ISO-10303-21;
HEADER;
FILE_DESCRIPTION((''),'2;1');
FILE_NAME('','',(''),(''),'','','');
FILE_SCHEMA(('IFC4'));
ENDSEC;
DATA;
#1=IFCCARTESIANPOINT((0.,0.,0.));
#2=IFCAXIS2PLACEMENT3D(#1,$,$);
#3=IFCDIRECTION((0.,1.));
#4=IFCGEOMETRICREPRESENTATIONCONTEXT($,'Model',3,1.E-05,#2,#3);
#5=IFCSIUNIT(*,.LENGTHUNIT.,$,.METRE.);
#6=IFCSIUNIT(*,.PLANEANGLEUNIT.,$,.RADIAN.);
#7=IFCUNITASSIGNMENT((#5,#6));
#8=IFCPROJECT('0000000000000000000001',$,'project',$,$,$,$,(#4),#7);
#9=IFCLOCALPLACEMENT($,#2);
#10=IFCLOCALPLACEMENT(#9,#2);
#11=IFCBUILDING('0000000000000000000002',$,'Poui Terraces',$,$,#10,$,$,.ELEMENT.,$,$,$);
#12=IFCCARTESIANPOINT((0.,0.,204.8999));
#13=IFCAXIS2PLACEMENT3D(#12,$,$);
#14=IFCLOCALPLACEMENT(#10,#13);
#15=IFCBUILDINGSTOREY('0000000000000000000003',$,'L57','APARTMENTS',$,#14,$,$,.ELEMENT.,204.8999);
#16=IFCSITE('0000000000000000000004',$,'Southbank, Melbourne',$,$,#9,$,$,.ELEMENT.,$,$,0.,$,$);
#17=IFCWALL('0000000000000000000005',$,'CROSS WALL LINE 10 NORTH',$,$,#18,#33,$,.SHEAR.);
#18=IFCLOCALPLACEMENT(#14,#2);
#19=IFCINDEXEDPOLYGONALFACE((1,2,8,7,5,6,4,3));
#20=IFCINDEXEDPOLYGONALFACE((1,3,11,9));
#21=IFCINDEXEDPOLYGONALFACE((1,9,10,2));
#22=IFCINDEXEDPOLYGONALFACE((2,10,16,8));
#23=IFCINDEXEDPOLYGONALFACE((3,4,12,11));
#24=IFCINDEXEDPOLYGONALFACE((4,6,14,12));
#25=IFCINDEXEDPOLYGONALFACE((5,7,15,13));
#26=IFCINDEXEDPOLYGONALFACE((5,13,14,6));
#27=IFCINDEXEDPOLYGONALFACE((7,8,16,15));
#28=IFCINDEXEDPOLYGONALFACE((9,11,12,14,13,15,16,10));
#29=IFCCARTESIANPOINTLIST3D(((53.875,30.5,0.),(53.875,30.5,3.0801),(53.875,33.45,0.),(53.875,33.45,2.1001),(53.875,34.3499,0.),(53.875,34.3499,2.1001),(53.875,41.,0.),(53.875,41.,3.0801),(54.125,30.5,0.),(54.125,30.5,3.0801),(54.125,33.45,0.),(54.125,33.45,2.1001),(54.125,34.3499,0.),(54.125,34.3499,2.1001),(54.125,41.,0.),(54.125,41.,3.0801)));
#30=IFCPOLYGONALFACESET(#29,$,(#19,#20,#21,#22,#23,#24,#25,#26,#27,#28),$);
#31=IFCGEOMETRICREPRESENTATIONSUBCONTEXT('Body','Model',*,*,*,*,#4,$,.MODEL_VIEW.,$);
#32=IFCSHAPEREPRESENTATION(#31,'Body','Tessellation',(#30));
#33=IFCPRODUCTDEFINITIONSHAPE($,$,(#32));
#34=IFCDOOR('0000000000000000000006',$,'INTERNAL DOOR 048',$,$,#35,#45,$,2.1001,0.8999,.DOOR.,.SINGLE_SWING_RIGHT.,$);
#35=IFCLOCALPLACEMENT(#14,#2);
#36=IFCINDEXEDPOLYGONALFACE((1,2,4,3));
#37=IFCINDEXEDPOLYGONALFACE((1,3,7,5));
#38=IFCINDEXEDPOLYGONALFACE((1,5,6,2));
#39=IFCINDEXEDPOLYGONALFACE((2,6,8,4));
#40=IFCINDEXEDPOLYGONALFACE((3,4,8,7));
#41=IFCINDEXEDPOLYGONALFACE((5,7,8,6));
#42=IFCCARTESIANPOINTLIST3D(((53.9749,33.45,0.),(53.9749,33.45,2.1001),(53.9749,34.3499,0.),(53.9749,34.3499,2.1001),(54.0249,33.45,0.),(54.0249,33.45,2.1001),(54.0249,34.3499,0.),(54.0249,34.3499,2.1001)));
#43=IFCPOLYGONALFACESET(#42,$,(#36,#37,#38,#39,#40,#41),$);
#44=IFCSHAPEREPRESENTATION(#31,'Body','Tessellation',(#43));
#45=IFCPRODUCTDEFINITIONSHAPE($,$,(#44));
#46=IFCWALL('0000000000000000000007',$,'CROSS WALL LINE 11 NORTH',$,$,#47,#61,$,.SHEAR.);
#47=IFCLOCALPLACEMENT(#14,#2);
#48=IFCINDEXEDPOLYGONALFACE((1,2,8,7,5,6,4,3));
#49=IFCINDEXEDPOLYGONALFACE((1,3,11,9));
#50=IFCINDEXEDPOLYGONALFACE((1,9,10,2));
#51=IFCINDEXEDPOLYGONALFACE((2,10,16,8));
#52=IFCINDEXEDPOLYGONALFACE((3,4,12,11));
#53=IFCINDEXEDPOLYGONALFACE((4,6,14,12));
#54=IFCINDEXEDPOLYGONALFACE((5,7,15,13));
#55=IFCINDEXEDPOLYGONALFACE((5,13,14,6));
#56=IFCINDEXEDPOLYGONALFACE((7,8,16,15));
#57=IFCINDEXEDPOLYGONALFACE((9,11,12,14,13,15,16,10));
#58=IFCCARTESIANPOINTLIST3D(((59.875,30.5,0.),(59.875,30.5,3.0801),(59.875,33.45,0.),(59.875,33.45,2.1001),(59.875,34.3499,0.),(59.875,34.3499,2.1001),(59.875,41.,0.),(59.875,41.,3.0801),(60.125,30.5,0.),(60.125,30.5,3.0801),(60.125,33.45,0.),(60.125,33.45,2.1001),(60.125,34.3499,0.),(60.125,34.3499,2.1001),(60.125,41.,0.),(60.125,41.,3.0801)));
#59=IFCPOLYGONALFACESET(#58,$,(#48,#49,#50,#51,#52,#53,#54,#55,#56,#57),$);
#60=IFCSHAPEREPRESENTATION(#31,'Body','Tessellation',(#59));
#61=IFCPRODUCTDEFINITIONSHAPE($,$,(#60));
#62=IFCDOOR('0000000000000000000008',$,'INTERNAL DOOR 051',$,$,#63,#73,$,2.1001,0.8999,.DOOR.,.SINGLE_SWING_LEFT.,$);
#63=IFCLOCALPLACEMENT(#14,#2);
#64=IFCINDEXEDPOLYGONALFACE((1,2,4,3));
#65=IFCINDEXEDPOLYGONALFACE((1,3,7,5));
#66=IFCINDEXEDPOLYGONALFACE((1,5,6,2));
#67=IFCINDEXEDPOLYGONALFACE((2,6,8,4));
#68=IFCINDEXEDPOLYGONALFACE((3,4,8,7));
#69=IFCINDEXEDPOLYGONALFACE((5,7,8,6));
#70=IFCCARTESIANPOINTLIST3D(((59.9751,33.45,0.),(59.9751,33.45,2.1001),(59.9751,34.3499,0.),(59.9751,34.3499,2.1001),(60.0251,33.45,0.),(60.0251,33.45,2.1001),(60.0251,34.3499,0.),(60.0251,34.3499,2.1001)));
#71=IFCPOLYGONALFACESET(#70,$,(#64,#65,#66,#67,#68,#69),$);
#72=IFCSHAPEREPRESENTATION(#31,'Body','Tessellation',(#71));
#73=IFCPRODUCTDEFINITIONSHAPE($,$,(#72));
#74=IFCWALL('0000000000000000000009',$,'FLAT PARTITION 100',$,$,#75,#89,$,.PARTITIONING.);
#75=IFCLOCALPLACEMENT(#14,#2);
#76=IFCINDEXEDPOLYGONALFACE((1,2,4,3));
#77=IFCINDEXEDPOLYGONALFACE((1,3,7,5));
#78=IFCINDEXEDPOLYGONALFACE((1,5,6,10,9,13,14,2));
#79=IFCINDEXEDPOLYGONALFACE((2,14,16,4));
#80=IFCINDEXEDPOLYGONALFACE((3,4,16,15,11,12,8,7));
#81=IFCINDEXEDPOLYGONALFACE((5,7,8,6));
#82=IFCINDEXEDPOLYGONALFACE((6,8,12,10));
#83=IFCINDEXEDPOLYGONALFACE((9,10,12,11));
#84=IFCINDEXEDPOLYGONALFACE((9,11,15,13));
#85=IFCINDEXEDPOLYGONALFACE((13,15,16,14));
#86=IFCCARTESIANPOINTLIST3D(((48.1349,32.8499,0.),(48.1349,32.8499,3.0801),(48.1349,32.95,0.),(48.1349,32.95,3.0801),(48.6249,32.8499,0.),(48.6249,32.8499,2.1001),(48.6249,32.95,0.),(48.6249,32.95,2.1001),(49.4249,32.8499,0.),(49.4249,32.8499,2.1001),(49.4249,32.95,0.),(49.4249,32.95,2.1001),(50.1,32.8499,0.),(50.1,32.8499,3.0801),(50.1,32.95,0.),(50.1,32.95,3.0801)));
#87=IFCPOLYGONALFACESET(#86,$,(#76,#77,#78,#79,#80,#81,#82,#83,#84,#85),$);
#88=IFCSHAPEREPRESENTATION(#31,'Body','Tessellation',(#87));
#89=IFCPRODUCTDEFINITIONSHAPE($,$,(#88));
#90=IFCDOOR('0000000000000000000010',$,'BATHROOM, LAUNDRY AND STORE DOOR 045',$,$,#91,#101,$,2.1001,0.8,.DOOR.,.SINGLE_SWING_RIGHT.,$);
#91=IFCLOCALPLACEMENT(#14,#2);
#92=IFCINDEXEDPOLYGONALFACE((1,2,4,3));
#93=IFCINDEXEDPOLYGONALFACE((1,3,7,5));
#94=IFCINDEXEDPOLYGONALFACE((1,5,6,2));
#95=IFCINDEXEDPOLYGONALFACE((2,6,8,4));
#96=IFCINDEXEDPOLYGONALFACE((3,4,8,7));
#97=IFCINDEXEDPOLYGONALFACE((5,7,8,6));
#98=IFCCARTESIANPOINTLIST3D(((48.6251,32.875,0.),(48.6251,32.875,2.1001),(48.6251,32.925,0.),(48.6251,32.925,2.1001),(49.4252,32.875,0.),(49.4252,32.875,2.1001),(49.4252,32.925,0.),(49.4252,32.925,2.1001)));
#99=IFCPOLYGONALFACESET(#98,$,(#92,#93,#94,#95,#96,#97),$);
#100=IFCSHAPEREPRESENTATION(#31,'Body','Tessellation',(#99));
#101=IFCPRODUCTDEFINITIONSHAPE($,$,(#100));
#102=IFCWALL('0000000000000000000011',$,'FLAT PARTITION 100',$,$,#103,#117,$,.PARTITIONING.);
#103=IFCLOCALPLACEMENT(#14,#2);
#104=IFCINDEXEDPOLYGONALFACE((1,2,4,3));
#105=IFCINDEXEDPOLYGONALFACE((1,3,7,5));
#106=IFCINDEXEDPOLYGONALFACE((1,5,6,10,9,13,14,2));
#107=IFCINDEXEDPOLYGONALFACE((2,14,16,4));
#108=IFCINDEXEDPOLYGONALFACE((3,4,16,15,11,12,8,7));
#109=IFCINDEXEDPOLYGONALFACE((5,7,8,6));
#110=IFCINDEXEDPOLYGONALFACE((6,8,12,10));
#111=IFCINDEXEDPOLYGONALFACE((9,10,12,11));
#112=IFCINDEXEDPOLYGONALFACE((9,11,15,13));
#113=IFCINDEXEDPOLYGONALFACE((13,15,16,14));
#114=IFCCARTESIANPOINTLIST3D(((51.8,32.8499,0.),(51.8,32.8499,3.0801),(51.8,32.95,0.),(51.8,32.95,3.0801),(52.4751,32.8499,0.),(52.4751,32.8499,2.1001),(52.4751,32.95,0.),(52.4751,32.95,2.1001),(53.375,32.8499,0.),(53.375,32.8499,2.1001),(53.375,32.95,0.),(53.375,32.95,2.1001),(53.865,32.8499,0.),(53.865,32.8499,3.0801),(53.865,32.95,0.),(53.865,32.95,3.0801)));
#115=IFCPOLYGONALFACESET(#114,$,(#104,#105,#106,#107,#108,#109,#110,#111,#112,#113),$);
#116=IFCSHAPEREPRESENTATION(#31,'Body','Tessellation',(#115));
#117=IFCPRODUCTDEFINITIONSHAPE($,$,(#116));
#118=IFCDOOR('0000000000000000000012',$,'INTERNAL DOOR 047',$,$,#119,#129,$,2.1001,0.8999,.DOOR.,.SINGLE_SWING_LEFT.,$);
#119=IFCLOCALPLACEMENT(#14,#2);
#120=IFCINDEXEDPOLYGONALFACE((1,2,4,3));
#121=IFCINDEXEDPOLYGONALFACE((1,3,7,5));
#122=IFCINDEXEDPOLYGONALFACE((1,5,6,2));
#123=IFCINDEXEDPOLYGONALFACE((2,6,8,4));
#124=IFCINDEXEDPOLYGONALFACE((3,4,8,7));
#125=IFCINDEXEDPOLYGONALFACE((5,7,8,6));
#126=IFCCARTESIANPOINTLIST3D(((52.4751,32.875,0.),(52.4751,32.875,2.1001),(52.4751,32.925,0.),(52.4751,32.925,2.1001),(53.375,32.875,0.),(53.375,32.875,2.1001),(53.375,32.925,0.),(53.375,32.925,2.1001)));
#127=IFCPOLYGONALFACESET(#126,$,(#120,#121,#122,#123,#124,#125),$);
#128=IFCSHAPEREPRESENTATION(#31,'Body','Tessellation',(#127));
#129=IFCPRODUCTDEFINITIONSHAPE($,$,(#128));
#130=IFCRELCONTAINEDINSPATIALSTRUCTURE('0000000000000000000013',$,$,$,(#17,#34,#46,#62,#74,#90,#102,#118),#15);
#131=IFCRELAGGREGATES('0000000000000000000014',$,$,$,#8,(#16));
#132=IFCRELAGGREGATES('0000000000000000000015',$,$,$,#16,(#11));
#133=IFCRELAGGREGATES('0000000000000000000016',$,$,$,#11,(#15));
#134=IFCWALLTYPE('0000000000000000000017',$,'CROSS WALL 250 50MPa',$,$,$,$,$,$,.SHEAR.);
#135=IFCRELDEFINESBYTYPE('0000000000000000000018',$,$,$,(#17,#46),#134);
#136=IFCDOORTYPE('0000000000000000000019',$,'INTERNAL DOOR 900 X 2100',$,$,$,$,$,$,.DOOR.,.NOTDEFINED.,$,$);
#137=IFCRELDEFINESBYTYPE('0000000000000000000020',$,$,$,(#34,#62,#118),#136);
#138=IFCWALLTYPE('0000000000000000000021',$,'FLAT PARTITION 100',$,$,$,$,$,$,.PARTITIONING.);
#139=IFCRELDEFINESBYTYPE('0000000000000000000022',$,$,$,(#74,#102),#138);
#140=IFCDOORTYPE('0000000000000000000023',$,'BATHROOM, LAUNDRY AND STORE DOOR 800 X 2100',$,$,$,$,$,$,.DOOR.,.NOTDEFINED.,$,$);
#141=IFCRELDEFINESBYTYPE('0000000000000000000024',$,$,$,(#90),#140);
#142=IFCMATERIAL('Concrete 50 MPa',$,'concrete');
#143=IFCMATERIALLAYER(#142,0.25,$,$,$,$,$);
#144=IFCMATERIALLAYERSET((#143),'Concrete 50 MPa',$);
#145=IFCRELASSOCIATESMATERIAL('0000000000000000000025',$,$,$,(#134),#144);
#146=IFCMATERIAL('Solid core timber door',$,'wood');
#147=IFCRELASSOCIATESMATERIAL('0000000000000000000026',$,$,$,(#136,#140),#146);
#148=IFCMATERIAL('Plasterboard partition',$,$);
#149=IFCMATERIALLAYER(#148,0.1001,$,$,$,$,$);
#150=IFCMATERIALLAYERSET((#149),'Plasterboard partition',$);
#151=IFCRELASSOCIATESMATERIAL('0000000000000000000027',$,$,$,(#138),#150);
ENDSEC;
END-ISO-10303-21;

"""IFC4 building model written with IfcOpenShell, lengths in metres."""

from ifc_helpers import new_model, si_unit, direction, frame, frame_2d, origin, place, context, subcontext, project, spatial, rectangle, extrude, material, layer, layer_set, type_object, element, fill, save


model = new_model("IFC4")

# Units and contexts
model_context = context("Model", 3, precision=1e-05, world=origin(), true_north=direction((0.0, 1.0)))
body_context = subcontext(model_context, "Body", "Model", "MODEL_VIEW")
ifc_project = project(units=[si_unit("LENGTHUNIT", "METRE"), si_unit("PLANEANGLEUNIT", "RADIAN")], contexts=[model_context])

# Site, building, storey
site_placement = place(None, origin())
site = spatial("IfcSite", under=ifc_project, at=site_placement, Name="Southbank, Melbourne", CompositionType="ELEMENT", RefElevation=0.0)
building_placement = place(site_placement, origin())
building = spatial("IfcBuilding", under=site, at=building_placement, Name="Poui Terraces", CompositionType="ELEMENT")
storey_placement = place(building_placement, frame((0.0, 0.0, 204.8999)))
storey = spatial("IfcBuildingStorey", under=building, at=storey_placement, Name="L57", Description="APARTMENTS", CompositionType="ELEMENT", Elevation=204.8999)

# Walls, openings, doors
ifc_material_1 = material(Name="Concrete 50 MPa", Category="concrete")
ifc_layer_1 = layer(ifc_material_1, 0.25)
ifc_layer_set_1 = layer_set([ifc_layer_1], Name="Concrete 50 MPa")
wall_type_1 = type_object("IfcWallType", Name="CROSS WALL 250 50MPa", PredefinedType="SHEAR", material=ifc_layer_set_1)
wall_1_placement = place(storey_placement, frame((54.0, 30.5, 0.0), z_axis=(0.0, 0.0, 1.0), x_axis=(0.0, 1.0, 0.0)))
wall_1 = element("IfcWall", 1, at=wall_1_placement, inside=storey, type_object=wall_type_1, Name="CROSS WALL LINE 10 NORTH", PredefinedType="SHEAR", context=body_context, shape_type="SweptSolid", body=[
    extrude(rectangle(XDim=10.5, YDim=0.25, at=frame_2d((5.25, 0.0))), origin(), (0.0, 0.0, 1.0), 3.0801),
])
opening_1_placement = place(wall_1_placement, frame((2.95, 0.0, 0.0)))
opening_1 = element("IfcOpeningElement", 2, at=opening_1_placement, cuts=wall_1, PredefinedType="OPENING", context=body_context, shape_type="SweptSolid", body=[
    extrude(rectangle(XDim=0.8999, YDim=2.1001, at=frame_2d((0.45, 1.05))), frame((0.0, 0.135, 0.0), z_axis=(0.0, -1.0, 0.0), x_axis=(1.0, 0.0, 0.0)), (0.0, 0.0, 1.0), 0.27),
])
ifc_material_2 = material(Name="Solid core timber door", Category="wood")
door_type_1 = type_object("IfcDoorType", Name="INTERNAL DOOR 900 X 2100", OperationType="NOTDEFINED", PredefinedType="DOOR", material=ifc_material_2)
door_1_placement = place(opening_1_placement, frame((0.8999, 0.0, 0.0), z_axis=(0.0, 0.0, 1.0), x_axis=(-1.0, 0.0, 0.0)))
door_1 = element("IfcDoor", 3, at=door_1_placement, inside=storey, type_object=door_type_1, Name="INTERNAL DOOR 048", OperationType="SINGLE_SWING_RIGHT", OverallHeight=2.1001, OverallWidth=0.8999, PredefinedType="DOOR", context=body_context, shape_type="SweptSolid", body=[
    extrude(rectangle(XDim=0.8999, YDim=2.1001, at=frame_2d((0.45, 1.05))), frame((0.0, 0.0249, 0.0), z_axis=(0.0, -1.0, 0.0), x_axis=(1.0, 0.0, 0.0)), (0.0, 0.0, 1.0), 0.05),
])
fill(opening_1, door_1)
wall_2_placement = place(storey_placement, frame((60.0, 30.5, 0.0), z_axis=(0.0, 0.0, 1.0), x_axis=(0.0, 1.0, 0.0)))
wall_2 = element("IfcWall", 4, at=wall_2_placement, inside=storey, type_object=wall_type_1, Name="CROSS WALL LINE 11 NORTH", PredefinedType="SHEAR", context=body_context, shape_type="SweptSolid", body=[
    extrude(rectangle(XDim=10.5, YDim=0.25, at=frame_2d((5.25, 0.0))), origin(), (0.0, 0.0, 1.0), 3.0801),
])
opening_2_placement = place(wall_2_placement, frame((2.95, 0.0, 0.0)))
opening_2 = element("IfcOpeningElement", 5, at=opening_2_placement, cuts=wall_2, PredefinedType="OPENING", context=body_context, shape_type="SweptSolid", body=[
    extrude(rectangle(XDim=0.8999, YDim=2.1001, at=frame_2d((0.45, 1.05))), frame((0.0, 0.135, 0.0), z_axis=(0.0, -1.0, 0.0), x_axis=(1.0, 0.0, 0.0)), (0.0, 0.0, 1.0), 0.27),
])
door_2_placement = place(opening_2_placement, origin())
door_2 = element("IfcDoor", 6, at=door_2_placement, inside=storey, type_object=door_type_1, Name="INTERNAL DOOR 051", OperationType="SINGLE_SWING_LEFT", OverallHeight=2.1001, OverallWidth=0.8999, PredefinedType="DOOR", context=body_context, shape_type="SweptSolid", body=[
    extrude(rectangle(XDim=0.8999, YDim=2.1001, at=frame_2d((0.45, 1.05))), frame((0.0, 0.0249, 0.0), z_axis=(0.0, -1.0, 0.0), x_axis=(1.0, 0.0, 0.0)), (0.0, 0.0, 1.0), 0.05),
])
fill(opening_2, door_2)
ifc_material_3 = material(Name="Plasterboard partition")
ifc_layer_2 = layer(ifc_material_3, 0.1001)
ifc_layer_set_2 = layer_set([ifc_layer_2], Name="Plasterboard partition")
wall_type_2 = type_object("IfcWallType", Name="FLAT PARTITION 100", PredefinedType="PARTITIONING", material=ifc_layer_set_2)
wall_3_placement = place(storey_placement, frame((48.135, 32.8999, 0.0), z_axis=(0.0, 0.0, 1.0), x_axis=(1.0, 0.0, 0.0)))
wall_3 = element("IfcWall", 7, at=wall_3_placement, inside=storey, type_object=wall_type_2, Name="FLAT PARTITION 100", PredefinedType="PARTITIONING", context=body_context, shape_type="SweptSolid", body=[
    extrude(rectangle(XDim=1.9651, YDim=0.1001, at=frame_2d((0.9824, 0.0))), origin(), (0.0, 0.0, 1.0), 3.0801),
])
opening_3_placement = place(wall_3_placement, frame((0.49, 0.0, 0.0)))
opening_3 = element("IfcOpeningElement", 8, at=opening_3_placement, cuts=wall_3, PredefinedType="OPENING", context=body_context, shape_type="SweptSolid", body=[
    extrude(rectangle(XDim=0.8, YDim=2.1001, at=frame_2d((0.3999, 1.05))), frame((0.0, 0.0601, 0.0), z_axis=(0.0, -1.0, 0.0), x_axis=(1.0, 0.0, 0.0)), (0.0, 0.0, 1.0), 0.1201),
])
door_type_2 = type_object("IfcDoorType", Name="BATHROOM, LAUNDRY AND STORE DOOR 800 X 2100", OperationType="NOTDEFINED", PredefinedType="DOOR", material=ifc_material_2)
door_3_placement = place(opening_3_placement, frame((0.8, 0.0, 0.0), z_axis=(0.0, 0.0, 1.0), x_axis=(-1.0, 0.0, 0.0)))
door_3 = element("IfcDoor", 9, at=door_3_placement, inside=storey, type_object=door_type_2, Name="BATHROOM, LAUNDRY AND STORE DOOR 045", OperationType="SINGLE_SWING_RIGHT", OverallHeight=2.1001, OverallWidth=0.8, PredefinedType="DOOR", context=body_context, shape_type="SweptSolid", body=[
    extrude(rectangle(XDim=0.8, YDim=2.1001, at=frame_2d((0.3999, 1.05))), frame((0.0, 0.0249, 0.0), z_axis=(0.0, -1.0, 0.0), x_axis=(1.0, 0.0, 0.0)), (0.0, 0.0, 1.0), 0.05),
])
fill(opening_3, door_3)
wall_4_placement = place(storey_placement, frame((51.8, 32.8999, 0.0), z_axis=(0.0, 0.0, 1.0), x_axis=(1.0, 0.0, 0.0)))
wall_4 = element("IfcWall", 10, at=wall_4_placement, inside=storey, type_object=wall_type_2, Name="FLAT PARTITION 100", PredefinedType="PARTITIONING", context=body_context, shape_type="SweptSolid", body=[
    extrude(rectangle(XDim=2.0649, YDim=0.1001, at=frame_2d((1.0325, 0.0))), origin(), (0.0, 0.0, 1.0), 3.0801),
])
opening_4_placement = place(wall_4_placement, frame((0.675, 0.0, 0.0)))
opening_4 = element("IfcOpeningElement", 11, at=opening_4_placement, cuts=wall_4, PredefinedType="OPENING", context=body_context, shape_type="SweptSolid", body=[
    extrude(rectangle(XDim=0.8999, YDim=2.1001, at=frame_2d((0.45, 1.05))), frame((0.0, 0.0601, 0.0), z_axis=(0.0, -1.0, 0.0), x_axis=(1.0, 0.0, 0.0)), (0.0, 0.0, 1.0), 0.1201),
])
door_4_placement = place(opening_4_placement, frame((0.8999, 0.0, 0.0), z_axis=(0.0, 0.0, 1.0), x_axis=(-1.0, 0.0, 0.0)))
door_4 = element("IfcDoor", 12, at=door_4_placement, inside=storey, type_object=door_type_1, Name="INTERNAL DOOR 047", OperationType="SINGLE_SWING_LEFT", OverallHeight=2.1001, OverallWidth=0.8999, PredefinedType="DOOR", context=body_context, shape_type="SweptSolid", body=[
    extrude(rectangle(XDim=0.8999, YDim=2.1001, at=frame_2d((0.45, 1.05))), frame((0.0, 0.0249, 0.0), z_axis=(0.0, -1.0, 0.0), x_axis=(1.0, 0.0, 0.0)), (0.0, 0.0, 1.0), 0.05),
])
fill(opening_4, door_4)

save(model, "model.ifc")
